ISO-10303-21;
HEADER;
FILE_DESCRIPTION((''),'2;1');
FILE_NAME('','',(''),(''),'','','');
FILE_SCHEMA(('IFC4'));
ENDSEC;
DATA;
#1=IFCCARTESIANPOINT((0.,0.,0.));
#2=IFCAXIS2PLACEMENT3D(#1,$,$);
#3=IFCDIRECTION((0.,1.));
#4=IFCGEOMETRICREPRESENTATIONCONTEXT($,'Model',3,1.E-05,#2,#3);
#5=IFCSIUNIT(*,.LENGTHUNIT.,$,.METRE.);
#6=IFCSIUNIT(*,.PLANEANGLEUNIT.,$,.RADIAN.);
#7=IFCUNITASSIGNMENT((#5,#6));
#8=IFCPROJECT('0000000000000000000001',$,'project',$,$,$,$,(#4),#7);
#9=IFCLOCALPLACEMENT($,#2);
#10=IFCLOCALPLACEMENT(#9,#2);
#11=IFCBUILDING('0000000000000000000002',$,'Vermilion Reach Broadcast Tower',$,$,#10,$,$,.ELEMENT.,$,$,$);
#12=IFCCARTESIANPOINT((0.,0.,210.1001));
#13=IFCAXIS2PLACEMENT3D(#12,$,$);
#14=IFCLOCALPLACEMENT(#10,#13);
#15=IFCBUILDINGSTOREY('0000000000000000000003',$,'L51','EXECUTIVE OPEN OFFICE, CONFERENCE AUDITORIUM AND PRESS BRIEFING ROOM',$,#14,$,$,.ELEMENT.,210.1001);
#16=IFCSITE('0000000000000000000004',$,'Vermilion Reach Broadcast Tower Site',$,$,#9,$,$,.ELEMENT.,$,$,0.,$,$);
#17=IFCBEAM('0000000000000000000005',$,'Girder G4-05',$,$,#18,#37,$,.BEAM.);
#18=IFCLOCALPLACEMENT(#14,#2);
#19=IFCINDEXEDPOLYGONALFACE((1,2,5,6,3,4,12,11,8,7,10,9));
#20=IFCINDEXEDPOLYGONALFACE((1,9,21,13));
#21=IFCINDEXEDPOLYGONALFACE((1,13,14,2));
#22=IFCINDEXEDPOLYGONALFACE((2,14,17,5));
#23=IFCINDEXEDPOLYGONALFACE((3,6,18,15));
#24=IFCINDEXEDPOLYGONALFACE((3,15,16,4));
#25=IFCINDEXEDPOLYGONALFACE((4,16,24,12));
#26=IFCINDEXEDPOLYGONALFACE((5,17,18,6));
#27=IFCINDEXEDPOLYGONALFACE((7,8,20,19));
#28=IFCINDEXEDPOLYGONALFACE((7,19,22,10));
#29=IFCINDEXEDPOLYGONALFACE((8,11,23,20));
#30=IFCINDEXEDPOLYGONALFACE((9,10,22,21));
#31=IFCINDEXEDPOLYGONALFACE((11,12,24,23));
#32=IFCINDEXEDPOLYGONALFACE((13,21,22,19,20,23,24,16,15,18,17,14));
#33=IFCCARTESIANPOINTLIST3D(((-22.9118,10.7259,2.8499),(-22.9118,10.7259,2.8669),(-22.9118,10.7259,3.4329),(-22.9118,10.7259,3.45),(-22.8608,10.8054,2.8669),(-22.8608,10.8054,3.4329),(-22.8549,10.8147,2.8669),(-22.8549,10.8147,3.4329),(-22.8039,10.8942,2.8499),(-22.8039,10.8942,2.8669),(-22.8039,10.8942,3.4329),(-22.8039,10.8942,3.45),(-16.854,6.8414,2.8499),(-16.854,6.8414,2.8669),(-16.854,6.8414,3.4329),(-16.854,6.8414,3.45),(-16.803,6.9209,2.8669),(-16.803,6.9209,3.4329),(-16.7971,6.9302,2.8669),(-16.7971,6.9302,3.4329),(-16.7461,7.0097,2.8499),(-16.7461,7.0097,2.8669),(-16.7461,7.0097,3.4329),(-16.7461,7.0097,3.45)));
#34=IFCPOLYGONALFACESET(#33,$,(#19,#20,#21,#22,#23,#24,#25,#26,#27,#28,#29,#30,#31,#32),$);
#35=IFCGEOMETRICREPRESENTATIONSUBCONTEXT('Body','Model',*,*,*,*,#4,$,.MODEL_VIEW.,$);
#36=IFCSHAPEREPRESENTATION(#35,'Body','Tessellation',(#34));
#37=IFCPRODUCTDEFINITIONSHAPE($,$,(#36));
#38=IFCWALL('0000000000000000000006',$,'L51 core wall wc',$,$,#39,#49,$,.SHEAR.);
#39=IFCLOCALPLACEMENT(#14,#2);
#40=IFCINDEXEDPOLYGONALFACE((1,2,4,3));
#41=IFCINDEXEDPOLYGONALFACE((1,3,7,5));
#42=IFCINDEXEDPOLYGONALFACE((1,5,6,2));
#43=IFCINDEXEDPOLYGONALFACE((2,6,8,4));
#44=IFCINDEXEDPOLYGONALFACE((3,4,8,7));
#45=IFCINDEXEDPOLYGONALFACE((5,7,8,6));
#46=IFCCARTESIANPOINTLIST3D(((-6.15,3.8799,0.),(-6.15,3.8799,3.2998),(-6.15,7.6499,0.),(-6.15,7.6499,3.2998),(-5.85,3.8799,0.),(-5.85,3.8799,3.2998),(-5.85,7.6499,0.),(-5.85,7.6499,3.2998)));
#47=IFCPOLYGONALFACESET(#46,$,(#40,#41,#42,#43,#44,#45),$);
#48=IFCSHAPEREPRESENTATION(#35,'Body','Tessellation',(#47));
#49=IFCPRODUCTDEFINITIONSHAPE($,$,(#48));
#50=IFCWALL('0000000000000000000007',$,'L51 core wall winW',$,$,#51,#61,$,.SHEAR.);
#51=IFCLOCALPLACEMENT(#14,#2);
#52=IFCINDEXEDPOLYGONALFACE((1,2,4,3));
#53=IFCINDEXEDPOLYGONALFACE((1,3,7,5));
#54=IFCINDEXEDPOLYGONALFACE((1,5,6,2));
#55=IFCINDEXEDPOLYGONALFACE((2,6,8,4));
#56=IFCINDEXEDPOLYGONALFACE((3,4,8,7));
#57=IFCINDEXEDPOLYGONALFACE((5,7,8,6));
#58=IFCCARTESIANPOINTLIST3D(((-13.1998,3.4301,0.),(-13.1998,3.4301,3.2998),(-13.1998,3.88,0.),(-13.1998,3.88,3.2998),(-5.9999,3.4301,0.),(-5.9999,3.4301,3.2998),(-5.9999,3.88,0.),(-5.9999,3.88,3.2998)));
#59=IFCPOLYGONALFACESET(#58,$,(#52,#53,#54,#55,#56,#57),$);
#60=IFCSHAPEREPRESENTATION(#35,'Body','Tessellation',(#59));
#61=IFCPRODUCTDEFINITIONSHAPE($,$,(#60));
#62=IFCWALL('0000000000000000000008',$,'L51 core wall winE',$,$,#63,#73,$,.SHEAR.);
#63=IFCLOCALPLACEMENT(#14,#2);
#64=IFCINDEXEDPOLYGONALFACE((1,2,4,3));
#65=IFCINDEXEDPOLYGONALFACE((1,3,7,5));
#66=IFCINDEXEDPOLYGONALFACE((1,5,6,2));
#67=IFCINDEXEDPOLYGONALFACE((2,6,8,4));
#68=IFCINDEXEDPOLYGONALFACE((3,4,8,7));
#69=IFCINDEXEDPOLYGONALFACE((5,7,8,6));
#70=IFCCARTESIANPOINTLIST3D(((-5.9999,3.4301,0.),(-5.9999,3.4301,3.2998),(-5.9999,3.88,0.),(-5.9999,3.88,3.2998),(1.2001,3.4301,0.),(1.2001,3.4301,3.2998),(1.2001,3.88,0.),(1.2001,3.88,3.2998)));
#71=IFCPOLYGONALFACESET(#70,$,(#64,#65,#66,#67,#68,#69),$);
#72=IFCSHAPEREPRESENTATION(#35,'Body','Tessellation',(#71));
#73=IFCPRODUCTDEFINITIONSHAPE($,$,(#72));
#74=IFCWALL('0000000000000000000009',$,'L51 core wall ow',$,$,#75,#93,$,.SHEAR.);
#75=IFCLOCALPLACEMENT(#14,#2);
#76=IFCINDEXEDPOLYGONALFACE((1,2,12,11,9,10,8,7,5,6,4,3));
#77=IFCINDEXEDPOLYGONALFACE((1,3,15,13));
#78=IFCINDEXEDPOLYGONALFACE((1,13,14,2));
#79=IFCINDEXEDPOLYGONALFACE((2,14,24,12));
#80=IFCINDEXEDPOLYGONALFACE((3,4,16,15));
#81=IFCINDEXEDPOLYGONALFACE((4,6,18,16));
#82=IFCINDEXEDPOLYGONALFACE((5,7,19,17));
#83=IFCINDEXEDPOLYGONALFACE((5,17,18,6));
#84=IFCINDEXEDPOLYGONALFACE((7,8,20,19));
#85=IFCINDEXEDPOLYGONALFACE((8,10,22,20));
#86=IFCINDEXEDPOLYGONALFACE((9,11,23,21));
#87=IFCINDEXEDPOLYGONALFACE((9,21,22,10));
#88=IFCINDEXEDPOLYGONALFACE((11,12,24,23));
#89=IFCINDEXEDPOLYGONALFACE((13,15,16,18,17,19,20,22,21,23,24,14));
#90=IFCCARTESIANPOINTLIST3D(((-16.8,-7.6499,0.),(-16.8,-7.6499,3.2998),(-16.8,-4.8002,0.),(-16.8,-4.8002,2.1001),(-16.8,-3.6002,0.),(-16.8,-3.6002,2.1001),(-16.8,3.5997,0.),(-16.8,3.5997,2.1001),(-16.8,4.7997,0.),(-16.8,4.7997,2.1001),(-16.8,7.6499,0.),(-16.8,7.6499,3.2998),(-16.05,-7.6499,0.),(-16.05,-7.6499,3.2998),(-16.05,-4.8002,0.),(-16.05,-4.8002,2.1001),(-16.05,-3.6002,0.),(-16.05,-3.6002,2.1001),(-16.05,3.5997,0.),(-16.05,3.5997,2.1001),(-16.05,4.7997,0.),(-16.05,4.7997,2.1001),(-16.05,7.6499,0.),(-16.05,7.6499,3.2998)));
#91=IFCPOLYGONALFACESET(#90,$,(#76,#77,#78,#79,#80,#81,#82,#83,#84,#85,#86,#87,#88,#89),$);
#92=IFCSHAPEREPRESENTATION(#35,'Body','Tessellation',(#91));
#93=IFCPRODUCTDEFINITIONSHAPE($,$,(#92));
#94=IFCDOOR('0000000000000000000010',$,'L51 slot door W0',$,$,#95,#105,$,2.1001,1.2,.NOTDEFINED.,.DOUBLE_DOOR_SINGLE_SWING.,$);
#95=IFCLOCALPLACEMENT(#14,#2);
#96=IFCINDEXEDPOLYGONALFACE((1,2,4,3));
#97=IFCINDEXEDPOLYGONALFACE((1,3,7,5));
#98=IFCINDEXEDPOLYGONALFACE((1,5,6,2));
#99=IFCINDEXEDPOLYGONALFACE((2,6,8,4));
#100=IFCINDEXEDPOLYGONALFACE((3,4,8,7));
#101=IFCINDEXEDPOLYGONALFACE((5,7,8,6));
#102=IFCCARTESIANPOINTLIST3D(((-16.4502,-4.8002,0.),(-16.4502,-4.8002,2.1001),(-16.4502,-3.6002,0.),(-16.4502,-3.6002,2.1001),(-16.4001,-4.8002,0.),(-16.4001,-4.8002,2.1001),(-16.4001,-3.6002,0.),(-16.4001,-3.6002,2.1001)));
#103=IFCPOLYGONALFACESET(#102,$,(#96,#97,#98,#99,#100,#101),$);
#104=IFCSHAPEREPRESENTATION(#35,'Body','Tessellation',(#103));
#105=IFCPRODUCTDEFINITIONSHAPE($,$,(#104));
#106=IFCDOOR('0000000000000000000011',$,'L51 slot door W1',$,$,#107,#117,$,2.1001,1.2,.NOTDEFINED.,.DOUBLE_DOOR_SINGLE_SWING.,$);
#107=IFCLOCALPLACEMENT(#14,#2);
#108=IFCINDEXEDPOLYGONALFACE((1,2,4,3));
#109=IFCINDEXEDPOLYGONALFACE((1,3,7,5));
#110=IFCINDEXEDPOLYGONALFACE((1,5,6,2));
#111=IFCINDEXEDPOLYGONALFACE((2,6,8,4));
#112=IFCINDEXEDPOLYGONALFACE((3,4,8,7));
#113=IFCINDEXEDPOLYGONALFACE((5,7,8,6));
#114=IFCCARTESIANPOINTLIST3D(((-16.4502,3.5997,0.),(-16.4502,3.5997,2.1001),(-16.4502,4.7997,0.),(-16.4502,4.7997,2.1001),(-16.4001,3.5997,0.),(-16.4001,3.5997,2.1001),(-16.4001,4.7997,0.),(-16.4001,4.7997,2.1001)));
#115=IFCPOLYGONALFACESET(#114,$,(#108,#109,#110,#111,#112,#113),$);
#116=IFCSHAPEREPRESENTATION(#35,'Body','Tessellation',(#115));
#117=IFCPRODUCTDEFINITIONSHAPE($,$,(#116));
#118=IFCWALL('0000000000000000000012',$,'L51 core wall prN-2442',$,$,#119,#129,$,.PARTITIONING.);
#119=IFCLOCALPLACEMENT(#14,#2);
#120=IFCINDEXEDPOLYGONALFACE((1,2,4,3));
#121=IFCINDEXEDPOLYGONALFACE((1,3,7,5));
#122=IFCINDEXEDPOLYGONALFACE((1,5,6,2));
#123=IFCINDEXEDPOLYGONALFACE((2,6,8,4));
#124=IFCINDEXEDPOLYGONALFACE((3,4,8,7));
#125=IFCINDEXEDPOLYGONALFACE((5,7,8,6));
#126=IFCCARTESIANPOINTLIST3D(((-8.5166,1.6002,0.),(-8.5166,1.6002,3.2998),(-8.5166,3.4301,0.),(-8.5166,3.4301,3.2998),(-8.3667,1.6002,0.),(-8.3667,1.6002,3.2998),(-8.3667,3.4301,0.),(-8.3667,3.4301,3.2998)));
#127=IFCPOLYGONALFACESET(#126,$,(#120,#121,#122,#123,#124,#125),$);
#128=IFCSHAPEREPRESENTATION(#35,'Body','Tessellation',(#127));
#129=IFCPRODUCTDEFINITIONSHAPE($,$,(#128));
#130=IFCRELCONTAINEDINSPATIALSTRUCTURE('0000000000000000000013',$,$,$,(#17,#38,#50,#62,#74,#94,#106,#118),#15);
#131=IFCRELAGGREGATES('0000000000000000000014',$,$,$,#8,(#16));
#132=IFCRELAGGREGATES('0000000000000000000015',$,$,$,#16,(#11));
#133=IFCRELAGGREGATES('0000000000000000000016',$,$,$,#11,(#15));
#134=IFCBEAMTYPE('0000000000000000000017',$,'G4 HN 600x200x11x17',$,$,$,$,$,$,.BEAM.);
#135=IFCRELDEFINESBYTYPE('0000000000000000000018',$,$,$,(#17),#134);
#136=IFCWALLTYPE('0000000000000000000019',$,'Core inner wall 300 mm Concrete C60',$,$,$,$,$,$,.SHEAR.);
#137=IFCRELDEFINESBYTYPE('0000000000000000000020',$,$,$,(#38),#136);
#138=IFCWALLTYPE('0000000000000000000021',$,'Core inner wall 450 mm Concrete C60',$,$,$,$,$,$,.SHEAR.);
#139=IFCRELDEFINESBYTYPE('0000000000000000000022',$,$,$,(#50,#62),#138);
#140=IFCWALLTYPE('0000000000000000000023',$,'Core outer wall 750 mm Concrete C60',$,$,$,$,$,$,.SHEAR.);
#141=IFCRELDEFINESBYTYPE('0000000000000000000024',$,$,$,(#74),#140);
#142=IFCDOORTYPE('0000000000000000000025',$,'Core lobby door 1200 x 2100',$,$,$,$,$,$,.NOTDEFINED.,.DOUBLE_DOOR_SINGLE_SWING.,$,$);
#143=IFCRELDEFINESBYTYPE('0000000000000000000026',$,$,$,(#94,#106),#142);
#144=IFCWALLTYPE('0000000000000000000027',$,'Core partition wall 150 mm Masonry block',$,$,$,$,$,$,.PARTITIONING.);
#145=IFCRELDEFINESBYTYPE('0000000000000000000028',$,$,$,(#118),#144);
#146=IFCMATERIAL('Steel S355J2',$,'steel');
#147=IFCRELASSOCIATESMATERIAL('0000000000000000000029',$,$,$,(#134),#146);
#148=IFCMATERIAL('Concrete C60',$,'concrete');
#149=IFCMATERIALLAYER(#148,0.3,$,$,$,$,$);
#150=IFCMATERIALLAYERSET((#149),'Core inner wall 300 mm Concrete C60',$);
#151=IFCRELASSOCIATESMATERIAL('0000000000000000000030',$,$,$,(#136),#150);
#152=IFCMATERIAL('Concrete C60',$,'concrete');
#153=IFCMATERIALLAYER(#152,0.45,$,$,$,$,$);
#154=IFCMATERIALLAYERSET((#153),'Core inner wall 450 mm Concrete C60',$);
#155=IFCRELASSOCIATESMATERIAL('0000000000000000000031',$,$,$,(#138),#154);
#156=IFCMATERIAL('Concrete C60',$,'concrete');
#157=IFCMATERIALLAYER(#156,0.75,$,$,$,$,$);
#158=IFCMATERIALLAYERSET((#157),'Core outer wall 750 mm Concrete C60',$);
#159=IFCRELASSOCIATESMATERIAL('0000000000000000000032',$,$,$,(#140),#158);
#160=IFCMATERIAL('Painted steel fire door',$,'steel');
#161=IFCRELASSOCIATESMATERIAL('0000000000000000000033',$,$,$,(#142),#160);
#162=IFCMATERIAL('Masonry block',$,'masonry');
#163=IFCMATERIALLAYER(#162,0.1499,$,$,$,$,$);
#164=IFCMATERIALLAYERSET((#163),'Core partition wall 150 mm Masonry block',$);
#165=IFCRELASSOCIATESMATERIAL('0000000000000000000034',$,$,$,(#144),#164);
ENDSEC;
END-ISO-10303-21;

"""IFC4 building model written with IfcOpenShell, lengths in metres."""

from ifc_helpers import new_model, si_unit, direction, frame, frame_2d, origin, origin_2d, place, context, subcontext, project, spatial, rectangle, i_section, extrude, material, layer, layer_set, material_profile, profile_set, type_object, element, fill, save


model = new_model("IFC4")

# Units and contexts
model_context = context("Model", 3, precision=1e-05, world=origin(), true_north=direction((0.0, 1.0)))
body_context = subcontext(model_context, "Body", "Model", "MODEL_VIEW")
ifc_project = project(units=[si_unit("LENGTHUNIT", "METRE"), si_unit("PLANEANGLEUNIT", "RADIAN")], contexts=[model_context])

# Site, building, storey
site_placement = place(None, origin())
site = spatial("IfcSite", under=ifc_project, at=site_placement, Name="Vermilion Reach Broadcast Tower Site", CompositionType="ELEMENT", RefElevation=0.0)
building_placement = place(site_placement, origin())
building = spatial("IfcBuilding", under=site, at=building_placement, Name="Vermilion Reach Broadcast Tower", CompositionType="ELEMENT")
storey_placement = place(building_placement, frame((0.0, 0.0, 210.1001)))
storey = spatial("IfcBuildingStorey", under=building, at=storey_placement, Name="L51", Description="EXECUTIVE OPEN OFFICE, CONFERENCE AUDITORIUM AND PRESS BRIEFING ROOM", CompositionType="ELEMENT", Elevation=210.1001)

# Beam
ifc_material_1 = material(Name="Steel S355J2", Category="steel")
ifc_material_profile = material_profile(ifc_material_1, i_section(OverallWidth=0.2, OverallDepth=0.6001, WebThickness=0.011, FlangeThickness=0.0171, at=origin_2d()), Name="S355J2 HN 600x200x11x17")
ifc_profile_set = profile_set([ifc_material_profile], Name="Steel S355J2")
beam_type = type_object("IfcBeamType", Name="G4 HN 600x200x11x17", PredefinedType="BEAM", material=ifc_profile_set)
beam_placement = place(storey_placement, frame((-16.8, 6.9255, 3.1499), z_axis=(-0.841799, 0.539792, 0.0), x_axis=(-0.539792, -0.841799, 0.0)))
element("IfcBeam", 1, at=beam_placement, inside=storey, type_object=beam_type, Name="Girder G4-05", PredefinedType="BEAM", context=body_context, shape_type="SweptSolid", body=[
    extrude(i_section(OverallWidth=0.2, OverallDepth=0.6001, WebThickness=0.011, FlangeThickness=0.0171, at=origin_2d()), origin(), (0.0, 0.0, 1.0), 7.1963),
])

# Walls
ifc_material_2 = material(Name="Concrete C60", Category="concrete")
ifc_layer_1 = layer(ifc_material_2, 0.3)
ifc_layer_set_1 = layer_set([ifc_layer_1], Name="Core inner wall 300 mm Concrete C60")
wall_type_1 = type_object("IfcWallType", Name="Core inner wall 300 mm Concrete C60", PredefinedType="SHEAR", material=ifc_layer_set_1)
wall_1_placement = place(storey_placement, frame((-6.0, 3.8799, 0.0), z_axis=(0.0, 0.0, 1.0), x_axis=(0.0, 1.0, 0.0)))
element("IfcWall", 2, at=wall_1_placement, inside=storey, type_object=wall_type_1, Name="L51 core wall wc", PredefinedType="SHEAR", context=body_context, shape_type="SweptSolid", body=[
    extrude(rectangle(XDim=3.77, YDim=0.3, at=frame_2d((1.885, 0.0))), origin(), (0.0, 0.0, 1.0), 3.2998),
])
ifc_material_3 = material(Name="Concrete C60", Category="concrete")
ifc_layer_2 = layer(ifc_material_3, 0.45)
ifc_layer_set_2 = layer_set([ifc_layer_2], Name="Core inner wall 450 mm Concrete C60")
wall_type_2 = type_object("IfcWallType", Name="Core inner wall 450 mm Concrete C60", PredefinedType="SHEAR", material=ifc_layer_set_2)
for number, where, z_axis, x_axis, name in (
    (3, (-13.2, 3.655, 0.0), (0.0, 0.0, 1.0), (1.0, 0.0, 0.0), "L51 core wall winW"),
    (4, (-6.0, 3.655, 0.0), (0.0, 0.0, 1.0), (1.0, 0.0, 0.0), "L51 core wall winE"),
):
    element("IfcWall", number, at=place(storey_placement, frame(where, z_axis=z_axis, x_axis=x_axis)), inside=storey, type_object=wall_type_2, Name=name, PredefinedType="SHEAR", context=body_context, shape_type="SweptSolid", body=[
        extrude(rectangle(XDim=7.2, YDim=0.45, at=frame_2d((3.6001, 0.0))), origin(), (0.0, 0.0, 1.0), 3.2998),
    ])

# Wall, openings, doors
ifc_material_4 = material(Name="Concrete C60", Category="concrete")
ifc_layer_3 = layer(ifc_material_4, 0.75)
ifc_layer_set_3 = layer_set([ifc_layer_3], Name="Core outer wall 750 mm Concrete C60")
wall_type_3 = type_object("IfcWallType", Name="Core outer wall 750 mm Concrete C60", PredefinedType="SHEAR", material=ifc_layer_set_3)
wall_2_placement = place(storey_placement, frame((-16.425, 7.6499, 0.0), z_axis=(0.0, 0.0, 1.0), x_axis=(0.0, -1.0, 0.0)))
wall_2 = element("IfcWall", 5, at=wall_2_placement, inside=storey, type_object=wall_type_3, Name="L51 core wall ow", PredefinedType="SHEAR", context=body_context, shape_type="SweptSolid", body=[
    extrude(rectangle(XDim=15.2998, YDim=0.75, at=frame_2d((7.6499, 0.0))), origin(), (0.0, 0.0, 1.0), 3.2998),
])
opening_1_placement = place(wall_2_placement, frame((11.25, 0.0, 0.0)))
opening_1 = element("IfcOpeningElement", 6, at=opening_1_placement, cuts=wall_2, PredefinedType="OPENING", context=body_context, shape_type="SweptSolid", body=[
    extrude(rectangle(XDim=1.2, YDim=2.1001, at=frame_2d((0.6001, 1.05))), frame((0.0, 0.385, 0.0), z_axis=(0.0, -1.0, 0.0), x_axis=(1.0, 0.0, 0.0)), (0.0, 0.0, 1.0), 0.77),
])
opening_2_placement = place(wall_2_placement, frame((2.8501, 0.0, 0.0)))
opening_2 = element("IfcOpeningElement", 7, at=opening_2_placement, cuts=wall_2, PredefinedType="OPENING", context=body_context, shape_type="SweptSolid", body=[
    extrude(rectangle(XDim=1.2, YDim=2.1001, at=frame_2d((0.6001, 1.05))), frame((0.0, 0.385, 0.0), z_axis=(0.0, -1.0, 0.0), x_axis=(1.0, 0.0, 0.0)), (0.0, 0.0, 1.0), 0.77),
])
ifc_material_5 = material(Name="Painted steel fire door", Category="steel")
door_type_1 = type_object("IfcDoorType", Name="Core lobby door 1200 x 2100", OperationType="DOUBLE_DOOR_SINGLE_SWING", PredefinedType="NOTDEFINED", material=ifc_material_5)
door_1_placement = place(opening_1_placement, origin())
door_1 = element("IfcDoor", 8, at=door_1_placement, inside=storey, type_object=door_type_1, Name="L51 slot door W0", OperationType="DOUBLE_DOOR_SINGLE_SWING", OverallHeight=2.1001, OverallWidth=1.2, PredefinedType="NOTDEFINED", context=body_context, shape_type="SweptSolid", body=[
    extrude(rectangle(XDim=1.2, YDim=2.1001, at=frame_2d((0.6001, 1.05))), frame((0.0, 0.0249, 0.0), z_axis=(0.0, -1.0, 0.0), x_axis=(1.0, 0.0, 0.0)), (0.0, 0.0, 1.0), 0.05),
])
fill(opening_1, door_1)
door_2_placement = place(opening_2_placement, origin())
door_2 = element("IfcDoor", 9, at=door_2_placement, inside=storey, type_object=door_type_1, Name="L51 slot door W1", OperationType="DOUBLE_DOOR_SINGLE_SWING", OverallHeight=2.1001, OverallWidth=1.2, PredefinedType="NOTDEFINED", context=body_context, shape_type="SweptSolid", body=[
    extrude(rectangle(XDim=1.2, YDim=2.1001, at=frame_2d((0.6001, 1.05))), frame((0.0, 0.0249, 0.0), z_axis=(0.0, -1.0, 0.0), x_axis=(1.0, 0.0, 0.0)), (0.0, 0.0, 1.0), 0.05),
])
fill(opening_2, door_2)

# Wall
ifc_material_6 = material(Name="Masonry block", Category="masonry")
ifc_layer_4 = layer(ifc_material_6, 0.1499)
ifc_layer_set_4 = layer_set([ifc_layer_4], Name="Core partition wall 150 mm Masonry block")
wall_type_4 = type_object("IfcWallType", Name="Core partition wall 150 mm Masonry block", PredefinedType="PARTITIONING", material=ifc_layer_set_4)
wall_3_placement = place(storey_placement, frame((-8.4417, 1.6001, 0.0), z_axis=(0.0, 0.0, 1.0), x_axis=(0.0, 1.0, 0.0)))
element("IfcWall", 10, at=wall_3_placement, inside=storey, type_object=wall_type_4, Name="L51 core wall prN-2442", PredefinedType="PARTITIONING", context=body_context, shape_type="SweptSolid", body=[
    extrude(rectangle(XDim=1.8298, YDim=0.1499, at=frame_2d((0.915, 0.0))), origin(), (0.0, 0.0, 1.0), 3.2998),
])

save(model, "model.ifc")
